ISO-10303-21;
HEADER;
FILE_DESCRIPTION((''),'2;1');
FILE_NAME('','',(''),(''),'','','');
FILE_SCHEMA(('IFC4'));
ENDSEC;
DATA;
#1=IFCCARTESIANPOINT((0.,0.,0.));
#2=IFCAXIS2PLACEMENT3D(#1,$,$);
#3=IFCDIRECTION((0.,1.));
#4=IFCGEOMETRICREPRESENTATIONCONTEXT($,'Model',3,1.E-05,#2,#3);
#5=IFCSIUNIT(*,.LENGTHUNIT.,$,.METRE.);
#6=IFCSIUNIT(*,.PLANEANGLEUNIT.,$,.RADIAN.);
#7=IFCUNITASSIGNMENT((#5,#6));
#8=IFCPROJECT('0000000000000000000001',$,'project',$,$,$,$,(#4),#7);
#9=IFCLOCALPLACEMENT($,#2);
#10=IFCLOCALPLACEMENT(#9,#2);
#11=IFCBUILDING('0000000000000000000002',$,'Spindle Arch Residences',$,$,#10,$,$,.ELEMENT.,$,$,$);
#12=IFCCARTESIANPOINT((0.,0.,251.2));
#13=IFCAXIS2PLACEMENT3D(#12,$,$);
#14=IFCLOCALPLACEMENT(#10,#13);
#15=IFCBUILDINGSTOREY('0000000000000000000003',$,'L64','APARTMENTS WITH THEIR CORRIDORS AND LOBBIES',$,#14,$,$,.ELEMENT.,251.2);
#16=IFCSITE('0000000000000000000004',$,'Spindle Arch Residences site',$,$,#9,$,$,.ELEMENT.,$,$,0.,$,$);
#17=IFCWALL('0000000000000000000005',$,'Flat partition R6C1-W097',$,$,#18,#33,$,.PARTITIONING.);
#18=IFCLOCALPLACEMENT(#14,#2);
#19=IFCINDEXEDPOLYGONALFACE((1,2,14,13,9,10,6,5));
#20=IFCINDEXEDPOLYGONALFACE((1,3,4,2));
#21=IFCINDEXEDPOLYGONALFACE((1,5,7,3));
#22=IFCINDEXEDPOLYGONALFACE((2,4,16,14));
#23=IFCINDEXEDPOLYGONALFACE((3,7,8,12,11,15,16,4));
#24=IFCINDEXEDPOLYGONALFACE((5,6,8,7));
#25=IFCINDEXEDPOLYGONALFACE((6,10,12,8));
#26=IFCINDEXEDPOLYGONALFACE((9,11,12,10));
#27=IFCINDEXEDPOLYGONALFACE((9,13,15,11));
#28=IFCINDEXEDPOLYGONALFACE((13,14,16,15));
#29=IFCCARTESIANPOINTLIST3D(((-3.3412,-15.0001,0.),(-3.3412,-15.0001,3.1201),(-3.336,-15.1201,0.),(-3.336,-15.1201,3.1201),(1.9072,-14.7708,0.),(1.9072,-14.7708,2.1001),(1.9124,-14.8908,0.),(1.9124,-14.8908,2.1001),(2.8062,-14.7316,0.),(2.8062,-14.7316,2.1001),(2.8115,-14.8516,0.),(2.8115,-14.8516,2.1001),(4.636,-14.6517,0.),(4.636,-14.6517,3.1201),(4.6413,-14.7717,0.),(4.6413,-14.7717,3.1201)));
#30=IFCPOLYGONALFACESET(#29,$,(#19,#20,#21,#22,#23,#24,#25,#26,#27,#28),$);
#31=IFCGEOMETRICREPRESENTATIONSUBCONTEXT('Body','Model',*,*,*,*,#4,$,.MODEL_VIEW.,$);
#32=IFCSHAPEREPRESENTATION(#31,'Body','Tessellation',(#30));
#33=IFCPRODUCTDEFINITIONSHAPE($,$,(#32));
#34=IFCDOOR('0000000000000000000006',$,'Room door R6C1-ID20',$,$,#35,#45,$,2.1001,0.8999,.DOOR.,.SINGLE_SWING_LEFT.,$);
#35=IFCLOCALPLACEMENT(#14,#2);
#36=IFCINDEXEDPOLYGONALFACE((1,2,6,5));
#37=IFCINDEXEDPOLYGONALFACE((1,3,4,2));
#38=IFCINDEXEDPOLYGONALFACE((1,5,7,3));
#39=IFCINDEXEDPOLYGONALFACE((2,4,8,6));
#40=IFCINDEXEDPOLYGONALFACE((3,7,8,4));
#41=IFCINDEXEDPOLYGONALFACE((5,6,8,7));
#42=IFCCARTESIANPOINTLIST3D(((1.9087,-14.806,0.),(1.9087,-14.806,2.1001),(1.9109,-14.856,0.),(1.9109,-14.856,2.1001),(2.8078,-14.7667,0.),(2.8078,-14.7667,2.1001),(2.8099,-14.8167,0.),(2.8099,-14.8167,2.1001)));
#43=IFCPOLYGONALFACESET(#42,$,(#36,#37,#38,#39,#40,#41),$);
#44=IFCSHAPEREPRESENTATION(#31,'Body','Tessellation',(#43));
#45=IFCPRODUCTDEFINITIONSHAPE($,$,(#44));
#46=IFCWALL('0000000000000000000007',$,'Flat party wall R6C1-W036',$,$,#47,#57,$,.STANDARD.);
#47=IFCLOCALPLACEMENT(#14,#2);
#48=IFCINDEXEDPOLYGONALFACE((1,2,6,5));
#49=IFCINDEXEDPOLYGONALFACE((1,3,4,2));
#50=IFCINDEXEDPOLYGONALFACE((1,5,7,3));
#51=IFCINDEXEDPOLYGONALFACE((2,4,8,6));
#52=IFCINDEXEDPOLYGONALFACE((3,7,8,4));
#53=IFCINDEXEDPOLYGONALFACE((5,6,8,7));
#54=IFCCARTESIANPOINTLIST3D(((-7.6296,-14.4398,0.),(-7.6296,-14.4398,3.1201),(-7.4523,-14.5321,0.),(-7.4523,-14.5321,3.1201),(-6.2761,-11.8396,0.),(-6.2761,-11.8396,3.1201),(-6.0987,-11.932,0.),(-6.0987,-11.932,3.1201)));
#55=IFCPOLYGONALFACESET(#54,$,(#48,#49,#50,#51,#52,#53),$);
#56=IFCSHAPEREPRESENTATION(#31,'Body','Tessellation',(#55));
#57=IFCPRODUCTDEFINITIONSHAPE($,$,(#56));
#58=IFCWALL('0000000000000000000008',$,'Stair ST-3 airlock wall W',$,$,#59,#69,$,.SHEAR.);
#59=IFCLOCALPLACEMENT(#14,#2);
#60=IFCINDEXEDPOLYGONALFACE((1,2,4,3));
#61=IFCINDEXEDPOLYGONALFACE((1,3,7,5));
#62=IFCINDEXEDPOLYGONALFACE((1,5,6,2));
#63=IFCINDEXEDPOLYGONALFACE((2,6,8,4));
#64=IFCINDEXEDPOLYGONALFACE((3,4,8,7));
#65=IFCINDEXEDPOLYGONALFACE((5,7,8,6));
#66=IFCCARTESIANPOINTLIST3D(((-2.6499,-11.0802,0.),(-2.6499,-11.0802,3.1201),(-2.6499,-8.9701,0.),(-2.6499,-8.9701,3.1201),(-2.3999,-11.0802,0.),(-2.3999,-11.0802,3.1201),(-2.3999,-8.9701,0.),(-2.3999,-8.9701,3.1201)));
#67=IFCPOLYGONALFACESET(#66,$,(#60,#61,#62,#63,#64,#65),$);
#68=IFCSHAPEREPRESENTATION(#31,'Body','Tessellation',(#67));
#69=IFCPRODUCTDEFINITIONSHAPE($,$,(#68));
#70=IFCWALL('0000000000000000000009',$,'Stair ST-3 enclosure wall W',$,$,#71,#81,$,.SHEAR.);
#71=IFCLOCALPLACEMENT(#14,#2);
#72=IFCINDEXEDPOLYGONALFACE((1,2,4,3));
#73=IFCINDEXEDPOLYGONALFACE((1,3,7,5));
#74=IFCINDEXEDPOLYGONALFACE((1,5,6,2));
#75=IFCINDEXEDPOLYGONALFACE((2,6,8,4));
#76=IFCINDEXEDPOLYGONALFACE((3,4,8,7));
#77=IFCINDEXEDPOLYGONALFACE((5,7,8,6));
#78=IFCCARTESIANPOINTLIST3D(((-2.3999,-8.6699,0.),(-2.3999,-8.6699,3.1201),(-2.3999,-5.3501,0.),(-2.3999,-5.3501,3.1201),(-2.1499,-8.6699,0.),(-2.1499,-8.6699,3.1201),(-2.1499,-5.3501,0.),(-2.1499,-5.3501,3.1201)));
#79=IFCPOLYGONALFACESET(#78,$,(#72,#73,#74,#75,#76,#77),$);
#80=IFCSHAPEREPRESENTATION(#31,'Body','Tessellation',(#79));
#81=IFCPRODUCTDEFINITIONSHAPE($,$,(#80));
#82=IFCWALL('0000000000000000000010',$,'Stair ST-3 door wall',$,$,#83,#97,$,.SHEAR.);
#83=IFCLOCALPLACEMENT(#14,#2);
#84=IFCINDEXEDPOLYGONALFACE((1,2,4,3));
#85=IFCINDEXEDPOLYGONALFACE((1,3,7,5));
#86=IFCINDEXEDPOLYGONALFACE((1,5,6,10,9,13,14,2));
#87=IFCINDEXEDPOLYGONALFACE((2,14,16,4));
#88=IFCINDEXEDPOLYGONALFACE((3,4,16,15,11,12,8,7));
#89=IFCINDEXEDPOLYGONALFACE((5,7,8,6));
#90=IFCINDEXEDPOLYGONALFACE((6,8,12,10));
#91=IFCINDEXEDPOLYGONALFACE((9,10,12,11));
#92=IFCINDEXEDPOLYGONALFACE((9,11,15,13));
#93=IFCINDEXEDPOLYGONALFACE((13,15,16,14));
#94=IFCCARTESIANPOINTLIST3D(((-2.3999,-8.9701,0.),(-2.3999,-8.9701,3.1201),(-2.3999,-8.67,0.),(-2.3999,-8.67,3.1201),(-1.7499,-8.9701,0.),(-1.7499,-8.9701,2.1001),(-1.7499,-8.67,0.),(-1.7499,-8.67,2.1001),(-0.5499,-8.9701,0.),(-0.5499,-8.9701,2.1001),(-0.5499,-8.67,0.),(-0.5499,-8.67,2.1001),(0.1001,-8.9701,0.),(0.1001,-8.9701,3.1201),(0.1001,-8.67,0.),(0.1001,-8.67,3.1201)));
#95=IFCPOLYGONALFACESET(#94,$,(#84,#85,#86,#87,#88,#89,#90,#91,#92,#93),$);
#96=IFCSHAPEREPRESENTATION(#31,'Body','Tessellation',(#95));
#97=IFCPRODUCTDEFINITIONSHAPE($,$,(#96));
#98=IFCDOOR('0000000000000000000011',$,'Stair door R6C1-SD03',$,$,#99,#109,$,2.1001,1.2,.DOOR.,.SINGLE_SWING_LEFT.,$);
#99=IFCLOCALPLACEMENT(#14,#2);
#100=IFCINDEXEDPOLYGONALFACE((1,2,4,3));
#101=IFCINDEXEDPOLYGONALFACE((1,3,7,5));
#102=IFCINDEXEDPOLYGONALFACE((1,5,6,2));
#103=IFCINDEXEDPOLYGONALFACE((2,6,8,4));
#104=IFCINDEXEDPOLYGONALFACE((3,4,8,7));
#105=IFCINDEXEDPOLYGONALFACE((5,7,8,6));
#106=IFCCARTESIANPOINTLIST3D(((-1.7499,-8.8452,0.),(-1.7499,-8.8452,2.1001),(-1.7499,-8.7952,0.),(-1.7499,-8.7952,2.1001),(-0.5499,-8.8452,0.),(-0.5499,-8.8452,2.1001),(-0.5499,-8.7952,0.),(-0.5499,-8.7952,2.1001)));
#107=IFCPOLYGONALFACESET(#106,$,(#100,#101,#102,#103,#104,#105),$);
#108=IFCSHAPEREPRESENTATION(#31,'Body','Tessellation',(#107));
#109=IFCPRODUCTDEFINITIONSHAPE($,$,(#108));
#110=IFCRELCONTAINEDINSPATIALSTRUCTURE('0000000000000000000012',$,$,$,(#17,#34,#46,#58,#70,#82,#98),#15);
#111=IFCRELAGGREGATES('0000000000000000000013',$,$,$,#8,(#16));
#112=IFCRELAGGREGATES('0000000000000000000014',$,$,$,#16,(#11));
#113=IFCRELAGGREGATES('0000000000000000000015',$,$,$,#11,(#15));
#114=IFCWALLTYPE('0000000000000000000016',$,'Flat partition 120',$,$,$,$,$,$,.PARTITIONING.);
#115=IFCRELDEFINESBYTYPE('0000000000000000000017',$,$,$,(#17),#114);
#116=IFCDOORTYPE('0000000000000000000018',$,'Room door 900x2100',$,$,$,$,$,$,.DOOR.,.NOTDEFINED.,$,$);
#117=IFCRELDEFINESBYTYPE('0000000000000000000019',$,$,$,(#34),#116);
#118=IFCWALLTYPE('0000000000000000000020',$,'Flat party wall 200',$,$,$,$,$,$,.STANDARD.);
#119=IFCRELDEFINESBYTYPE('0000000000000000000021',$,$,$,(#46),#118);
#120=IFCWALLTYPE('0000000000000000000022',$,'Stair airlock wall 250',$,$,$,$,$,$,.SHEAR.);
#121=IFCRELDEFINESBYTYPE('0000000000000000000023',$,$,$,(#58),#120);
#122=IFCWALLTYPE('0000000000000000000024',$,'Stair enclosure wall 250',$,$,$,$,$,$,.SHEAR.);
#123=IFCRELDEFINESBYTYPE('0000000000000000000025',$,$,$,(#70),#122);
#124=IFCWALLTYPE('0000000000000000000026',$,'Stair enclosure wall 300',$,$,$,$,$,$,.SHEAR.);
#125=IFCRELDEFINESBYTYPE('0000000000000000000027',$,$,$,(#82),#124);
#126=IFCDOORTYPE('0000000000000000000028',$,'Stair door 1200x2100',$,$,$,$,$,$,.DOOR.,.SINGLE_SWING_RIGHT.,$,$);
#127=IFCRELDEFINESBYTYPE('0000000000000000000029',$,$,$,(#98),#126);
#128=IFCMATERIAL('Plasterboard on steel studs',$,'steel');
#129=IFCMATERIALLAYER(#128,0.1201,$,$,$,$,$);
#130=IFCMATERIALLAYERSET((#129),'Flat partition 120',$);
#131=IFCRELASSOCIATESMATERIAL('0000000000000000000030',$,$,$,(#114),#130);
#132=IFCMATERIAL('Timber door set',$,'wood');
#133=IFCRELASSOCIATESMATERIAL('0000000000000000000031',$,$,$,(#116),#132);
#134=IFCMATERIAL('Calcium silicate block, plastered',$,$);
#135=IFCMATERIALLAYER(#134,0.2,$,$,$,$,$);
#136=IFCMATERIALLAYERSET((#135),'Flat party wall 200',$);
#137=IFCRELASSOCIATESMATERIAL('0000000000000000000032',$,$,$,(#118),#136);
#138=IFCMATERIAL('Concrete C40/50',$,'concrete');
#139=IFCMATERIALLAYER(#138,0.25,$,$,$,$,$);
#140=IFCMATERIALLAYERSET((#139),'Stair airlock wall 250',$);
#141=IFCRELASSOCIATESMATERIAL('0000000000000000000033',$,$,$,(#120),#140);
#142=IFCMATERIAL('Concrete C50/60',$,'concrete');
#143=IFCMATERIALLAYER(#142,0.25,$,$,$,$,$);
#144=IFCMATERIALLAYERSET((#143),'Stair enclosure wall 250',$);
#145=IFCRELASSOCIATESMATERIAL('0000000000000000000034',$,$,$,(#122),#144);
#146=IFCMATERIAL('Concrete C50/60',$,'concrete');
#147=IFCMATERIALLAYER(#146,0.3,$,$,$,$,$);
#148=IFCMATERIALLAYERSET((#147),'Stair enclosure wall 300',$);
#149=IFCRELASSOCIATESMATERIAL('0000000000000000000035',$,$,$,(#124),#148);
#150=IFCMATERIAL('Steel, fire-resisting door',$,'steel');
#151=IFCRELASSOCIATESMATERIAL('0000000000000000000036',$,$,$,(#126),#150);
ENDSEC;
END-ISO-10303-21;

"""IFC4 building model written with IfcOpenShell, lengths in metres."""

from ifc_helpers import new_model, si_unit, direction, frame, frame_2d, origin, place, context, subcontext, project, spatial, rectangle, extrude, material, layer, layer_set, type_object, element, fill, save


model = new_model("IFC4")

# Units and contexts
model_context = context("Model", 3, precision=1e-05, world=origin(), true_north=direction((0.0, 1.0)))
body_context = subcontext(model_context, "Body", "Model", "MODEL_VIEW")
ifc_project = project(units=[si_unit("LENGTHUNIT", "METRE"), si_unit("PLANEANGLEUNIT", "RADIAN")], contexts=[model_context])

# Site, building, storey
site_placement = place(None, origin())
site = spatial("IfcSite", under=ifc_project, at=site_placement, Name="Spindle Arch Residences site", CompositionType="ELEMENT", RefElevation=0.0)
building_placement = place(site_placement, origin())
building = spatial("IfcBuilding", under=site, at=building_placement, Name="Spindle Arch Residences", CompositionType="ELEMENT")
storey_placement = place(building_placement, frame((0.0, 0.0, 251.2)))
storey = spatial("IfcBuildingStorey", under=building, at=storey_placement, Name="L64", Description="APARTMENTS WITH THEIR CORRIDORS AND LOBBIES", CompositionType="ELEMENT", Elevation=251.2)

# Shared definitions
ifc_material_1 = material(Name="Plasterboard on steel studs", Category="steel")
ifc_layer_1 = layer(ifc_material_1, 0.1201)
ifc_layer_set_1 = layer_set([ifc_layer_1], Name="Flat partition 120")
wall_type_1 = type_object("IfcWallType", Name="Flat partition 120", PredefinedType="PARTITIONING", material=ifc_layer_set_1)

# Wall, opening, door
ifc_material_2 = material(Name="Timber door set", Category="wood")
door_type_1 = type_object("IfcDoorType", Name="Room door 900x2100", OperationType="NOTDEFINED", PredefinedType="DOOR", material=ifc_material_2)
wall_1_placement = place(storey_placement, frame((-3.3386, -15.0601, 0.0), z_axis=(0.0, 0.0, 1.0), x_axis=(0.999048, 0.043631, 0.0)))
wall_1 = element("IfcWall", 1, at=wall_1_placement, inside=storey, type_object=wall_type_1, Name="Flat partition R6C1-W097", PredefinedType="PARTITIONING", context=body_context, shape_type="SweptSolid", body=[
    extrude(rectangle(XDim=7.9849, YDim=0.1201, at=frame_2d((3.9924, 0.0))), origin(), (0.0, 0.0, 1.0), 3.1201),
])
opening_1_placement = place(wall_1_placement, frame((5.2534, 0.0, 0.0)))
opening_1 = element("IfcOpeningElement", 2, at=opening_1_placement, cuts=wall_1, PredefinedType="OPENING", context=body_context, shape_type="SweptSolid", body=[
    extrude(rectangle(XDim=0.8999, YDim=2.1001, at=frame_2d((0.45, 1.05))), frame((0.0, 0.0701, 0.0), z_axis=(0.0, -1.0, 0.0), x_axis=(1.0, 0.0, 0.0)), (0.0, 0.0, 1.0), 0.1401),
])
door_1_placement = place(opening_1_placement, origin())
door_1 = element("IfcDoor", 3, at=door_1_placement, inside=storey, type_object=door_type_1, Name="Room door R6C1-ID20", OperationType="SINGLE_SWING_LEFT", OverallHeight=2.1001, OverallWidth=0.8999, PredefinedType="DOOR", context=body_context, shape_type="SweptSolid", body=[
    extrude(rectangle(XDim=0.8999, YDim=2.1001, at=frame_2d((0.45, 1.05))), frame((0.0, 0.0249, 0.0), z_axis=(0.0, -1.0, 0.0), x_axis=(1.0, 0.0, 0.0)), (0.0, 0.0, 1.0), 0.05),
])
fill(opening_1, door_1)

# Walls
ifc_material_3 = material(Name="Calcium silicate block, plastered")
ifc_layer_2 = layer(ifc_material_3, 0.2)
ifc_layer_set_2 = layer_set([ifc_layer_2], Name="Flat party wall 200")
wall_type_2 = type_object("IfcWallType", Name="Flat party wall 200", PredefinedType="STANDARD", material=ifc_layer_set_2)
wall_2_placement = place(storey_placement, frame((-7.541, -14.4861, 0.0), z_axis=(0.0, 0.0, 1.0), x_axis=(0.461746, 0.887012, 0.0)))
element("IfcWall", 4, at=wall_2_placement, inside=storey, type_object=wall_type_2, Name="Flat party wall R6C1-W036", PredefinedType="STANDARD", context=body_context, shape_type="SweptSolid", body=[
    extrude(rectangle(XDim=2.9314, YDim=0.2, at=frame_2d((1.4658, 0.0))), origin(), (0.0, 0.0, 1.0), 3.1201),
])
ifc_material_4 = material(Name="Concrete C40/50", Category="concrete")
ifc_layer_3 = layer(ifc_material_4, 0.25)
ifc_layer_set_3 = layer_set([ifc_layer_3], Name="Stair airlock wall 250")
wall_type_3 = type_object("IfcWallType", Name="Stair airlock wall 250", PredefinedType="SHEAR", material=ifc_layer_set_3)
wall_3_placement = place(storey_placement, frame((-2.5249, -8.97, 0.0), z_axis=(0.0, 0.0, 1.0), x_axis=(0.0, -1.0, 0.0)))
element("IfcWall", 5, at=wall_3_placement, inside=storey, type_object=wall_type_3, Name="Stair ST-3 airlock wall W", PredefinedType="SHEAR", context=body_context, shape_type="SweptSolid", body=[
    extrude(rectangle(XDim=2.1101, YDim=0.25, at=frame_2d((1.0552, 0.0))), origin(), (0.0, 0.0, 1.0), 3.1201),
])
ifc_material_5 = material(Name="Concrete C50/60", Category="concrete")
ifc_layer_4 = layer(ifc_material_5, 0.25)
ifc_layer_set_4 = layer_set([ifc_layer_4], Name="Stair enclosure wall 250")
wall_type_4 = type_object("IfcWallType", Name="Stair enclosure wall 250", PredefinedType="SHEAR", material=ifc_layer_set_4)
wall_4_placement = place(storey_placement, frame((-2.2749, -8.6699, 0.0), z_axis=(0.0, 0.0, 1.0), x_axis=(0.0, 1.0, 0.0)))
element("IfcWall", 6, at=wall_4_placement, inside=storey, type_object=wall_type_4, Name="Stair ST-3 enclosure wall W", PredefinedType="SHEAR", context=body_context, shape_type="SweptSolid", body=[
    extrude(rectangle(XDim=3.3198, YDim=0.25, at=frame_2d((1.6599, 0.0))), origin(), (0.0, 0.0, 1.0), 3.1201),
])

# Wall, opening, door
ifc_material_6 = material(Name="Concrete C50/60", Category="concrete")
ifc_layer_5 = layer(ifc_material_6, 0.3)
ifc_layer_set_5 = layer_set([ifc_layer_5], Name="Stair enclosure wall 300")
wall_type_5 = type_object("IfcWallType", Name="Stair enclosure wall 300", PredefinedType="SHEAR", material=ifc_layer_set_5)
wall_5_placement = place(storey_placement, frame((-2.3999, -8.8201, 0.0), z_axis=(0.0, 0.0, 1.0), x_axis=(1.0, 0.0, 0.0)))
wall_5 = element("IfcWall", 7, at=wall_5_placement, inside=storey, type_object=wall_type_5, Name="Stair ST-3 door wall", PredefinedType="SHEAR", context=body_context, shape_type="SweptSolid", body=[
    extrude(rectangle(XDim=2.5, YDim=0.3, at=frame_2d((1.25, 0.0))), origin(), (0.0, 0.0, 1.0), 3.1201),
])
opening_2_placement = place(wall_5_placement, frame((0.6499, 0.0, 0.0)))
opening_2 = element("IfcOpeningElement", 8, at=opening_2_placement, cuts=wall_5, PredefinedType="OPENING", context=body_context, shape_type="SweptSolid", body=[
    extrude(rectangle(XDim=1.2, YDim=2.1001, at=frame_2d((0.6001, 1.05))), frame((0.0, 0.1602, 0.0), z_axis=(0.0, -1.0, 0.0), x_axis=(1.0, 0.0, 0.0)), (0.0, 0.0, 1.0), 0.3201),
])
ifc_material_7 = material(Name="Steel, fire-resisting door", Category="steel")
door_type_2 = type_object("IfcDoorType", Name="Stair door 1200x2100", OperationType="SINGLE_SWING_RIGHT", PredefinedType="DOOR", material=ifc_material_7)
door_2_placement = place(opening_2_placement, origin())
door_2 = element("IfcDoor", 9, at=door_2_placement, inside=storey, type_object=door_type_2, Name="Stair door R6C1-SD03", OperationType="SINGLE_SWING_LEFT", OverallHeight=2.1001, OverallWidth=1.2, PredefinedType="DOOR", context=body_context, shape_type="SweptSolid", body=[
    extrude(rectangle(XDim=1.2, YDim=2.1001, at=frame_2d((0.6001, 1.05))), frame((0.0, 0.0249, 0.0), z_axis=(0.0, -1.0, 0.0), x_axis=(1.0, 0.0, 0.0)), (0.0, 0.0, 1.0), 0.05),
])
fill(opening_2, door_2)

save(model, "model.ifc")
